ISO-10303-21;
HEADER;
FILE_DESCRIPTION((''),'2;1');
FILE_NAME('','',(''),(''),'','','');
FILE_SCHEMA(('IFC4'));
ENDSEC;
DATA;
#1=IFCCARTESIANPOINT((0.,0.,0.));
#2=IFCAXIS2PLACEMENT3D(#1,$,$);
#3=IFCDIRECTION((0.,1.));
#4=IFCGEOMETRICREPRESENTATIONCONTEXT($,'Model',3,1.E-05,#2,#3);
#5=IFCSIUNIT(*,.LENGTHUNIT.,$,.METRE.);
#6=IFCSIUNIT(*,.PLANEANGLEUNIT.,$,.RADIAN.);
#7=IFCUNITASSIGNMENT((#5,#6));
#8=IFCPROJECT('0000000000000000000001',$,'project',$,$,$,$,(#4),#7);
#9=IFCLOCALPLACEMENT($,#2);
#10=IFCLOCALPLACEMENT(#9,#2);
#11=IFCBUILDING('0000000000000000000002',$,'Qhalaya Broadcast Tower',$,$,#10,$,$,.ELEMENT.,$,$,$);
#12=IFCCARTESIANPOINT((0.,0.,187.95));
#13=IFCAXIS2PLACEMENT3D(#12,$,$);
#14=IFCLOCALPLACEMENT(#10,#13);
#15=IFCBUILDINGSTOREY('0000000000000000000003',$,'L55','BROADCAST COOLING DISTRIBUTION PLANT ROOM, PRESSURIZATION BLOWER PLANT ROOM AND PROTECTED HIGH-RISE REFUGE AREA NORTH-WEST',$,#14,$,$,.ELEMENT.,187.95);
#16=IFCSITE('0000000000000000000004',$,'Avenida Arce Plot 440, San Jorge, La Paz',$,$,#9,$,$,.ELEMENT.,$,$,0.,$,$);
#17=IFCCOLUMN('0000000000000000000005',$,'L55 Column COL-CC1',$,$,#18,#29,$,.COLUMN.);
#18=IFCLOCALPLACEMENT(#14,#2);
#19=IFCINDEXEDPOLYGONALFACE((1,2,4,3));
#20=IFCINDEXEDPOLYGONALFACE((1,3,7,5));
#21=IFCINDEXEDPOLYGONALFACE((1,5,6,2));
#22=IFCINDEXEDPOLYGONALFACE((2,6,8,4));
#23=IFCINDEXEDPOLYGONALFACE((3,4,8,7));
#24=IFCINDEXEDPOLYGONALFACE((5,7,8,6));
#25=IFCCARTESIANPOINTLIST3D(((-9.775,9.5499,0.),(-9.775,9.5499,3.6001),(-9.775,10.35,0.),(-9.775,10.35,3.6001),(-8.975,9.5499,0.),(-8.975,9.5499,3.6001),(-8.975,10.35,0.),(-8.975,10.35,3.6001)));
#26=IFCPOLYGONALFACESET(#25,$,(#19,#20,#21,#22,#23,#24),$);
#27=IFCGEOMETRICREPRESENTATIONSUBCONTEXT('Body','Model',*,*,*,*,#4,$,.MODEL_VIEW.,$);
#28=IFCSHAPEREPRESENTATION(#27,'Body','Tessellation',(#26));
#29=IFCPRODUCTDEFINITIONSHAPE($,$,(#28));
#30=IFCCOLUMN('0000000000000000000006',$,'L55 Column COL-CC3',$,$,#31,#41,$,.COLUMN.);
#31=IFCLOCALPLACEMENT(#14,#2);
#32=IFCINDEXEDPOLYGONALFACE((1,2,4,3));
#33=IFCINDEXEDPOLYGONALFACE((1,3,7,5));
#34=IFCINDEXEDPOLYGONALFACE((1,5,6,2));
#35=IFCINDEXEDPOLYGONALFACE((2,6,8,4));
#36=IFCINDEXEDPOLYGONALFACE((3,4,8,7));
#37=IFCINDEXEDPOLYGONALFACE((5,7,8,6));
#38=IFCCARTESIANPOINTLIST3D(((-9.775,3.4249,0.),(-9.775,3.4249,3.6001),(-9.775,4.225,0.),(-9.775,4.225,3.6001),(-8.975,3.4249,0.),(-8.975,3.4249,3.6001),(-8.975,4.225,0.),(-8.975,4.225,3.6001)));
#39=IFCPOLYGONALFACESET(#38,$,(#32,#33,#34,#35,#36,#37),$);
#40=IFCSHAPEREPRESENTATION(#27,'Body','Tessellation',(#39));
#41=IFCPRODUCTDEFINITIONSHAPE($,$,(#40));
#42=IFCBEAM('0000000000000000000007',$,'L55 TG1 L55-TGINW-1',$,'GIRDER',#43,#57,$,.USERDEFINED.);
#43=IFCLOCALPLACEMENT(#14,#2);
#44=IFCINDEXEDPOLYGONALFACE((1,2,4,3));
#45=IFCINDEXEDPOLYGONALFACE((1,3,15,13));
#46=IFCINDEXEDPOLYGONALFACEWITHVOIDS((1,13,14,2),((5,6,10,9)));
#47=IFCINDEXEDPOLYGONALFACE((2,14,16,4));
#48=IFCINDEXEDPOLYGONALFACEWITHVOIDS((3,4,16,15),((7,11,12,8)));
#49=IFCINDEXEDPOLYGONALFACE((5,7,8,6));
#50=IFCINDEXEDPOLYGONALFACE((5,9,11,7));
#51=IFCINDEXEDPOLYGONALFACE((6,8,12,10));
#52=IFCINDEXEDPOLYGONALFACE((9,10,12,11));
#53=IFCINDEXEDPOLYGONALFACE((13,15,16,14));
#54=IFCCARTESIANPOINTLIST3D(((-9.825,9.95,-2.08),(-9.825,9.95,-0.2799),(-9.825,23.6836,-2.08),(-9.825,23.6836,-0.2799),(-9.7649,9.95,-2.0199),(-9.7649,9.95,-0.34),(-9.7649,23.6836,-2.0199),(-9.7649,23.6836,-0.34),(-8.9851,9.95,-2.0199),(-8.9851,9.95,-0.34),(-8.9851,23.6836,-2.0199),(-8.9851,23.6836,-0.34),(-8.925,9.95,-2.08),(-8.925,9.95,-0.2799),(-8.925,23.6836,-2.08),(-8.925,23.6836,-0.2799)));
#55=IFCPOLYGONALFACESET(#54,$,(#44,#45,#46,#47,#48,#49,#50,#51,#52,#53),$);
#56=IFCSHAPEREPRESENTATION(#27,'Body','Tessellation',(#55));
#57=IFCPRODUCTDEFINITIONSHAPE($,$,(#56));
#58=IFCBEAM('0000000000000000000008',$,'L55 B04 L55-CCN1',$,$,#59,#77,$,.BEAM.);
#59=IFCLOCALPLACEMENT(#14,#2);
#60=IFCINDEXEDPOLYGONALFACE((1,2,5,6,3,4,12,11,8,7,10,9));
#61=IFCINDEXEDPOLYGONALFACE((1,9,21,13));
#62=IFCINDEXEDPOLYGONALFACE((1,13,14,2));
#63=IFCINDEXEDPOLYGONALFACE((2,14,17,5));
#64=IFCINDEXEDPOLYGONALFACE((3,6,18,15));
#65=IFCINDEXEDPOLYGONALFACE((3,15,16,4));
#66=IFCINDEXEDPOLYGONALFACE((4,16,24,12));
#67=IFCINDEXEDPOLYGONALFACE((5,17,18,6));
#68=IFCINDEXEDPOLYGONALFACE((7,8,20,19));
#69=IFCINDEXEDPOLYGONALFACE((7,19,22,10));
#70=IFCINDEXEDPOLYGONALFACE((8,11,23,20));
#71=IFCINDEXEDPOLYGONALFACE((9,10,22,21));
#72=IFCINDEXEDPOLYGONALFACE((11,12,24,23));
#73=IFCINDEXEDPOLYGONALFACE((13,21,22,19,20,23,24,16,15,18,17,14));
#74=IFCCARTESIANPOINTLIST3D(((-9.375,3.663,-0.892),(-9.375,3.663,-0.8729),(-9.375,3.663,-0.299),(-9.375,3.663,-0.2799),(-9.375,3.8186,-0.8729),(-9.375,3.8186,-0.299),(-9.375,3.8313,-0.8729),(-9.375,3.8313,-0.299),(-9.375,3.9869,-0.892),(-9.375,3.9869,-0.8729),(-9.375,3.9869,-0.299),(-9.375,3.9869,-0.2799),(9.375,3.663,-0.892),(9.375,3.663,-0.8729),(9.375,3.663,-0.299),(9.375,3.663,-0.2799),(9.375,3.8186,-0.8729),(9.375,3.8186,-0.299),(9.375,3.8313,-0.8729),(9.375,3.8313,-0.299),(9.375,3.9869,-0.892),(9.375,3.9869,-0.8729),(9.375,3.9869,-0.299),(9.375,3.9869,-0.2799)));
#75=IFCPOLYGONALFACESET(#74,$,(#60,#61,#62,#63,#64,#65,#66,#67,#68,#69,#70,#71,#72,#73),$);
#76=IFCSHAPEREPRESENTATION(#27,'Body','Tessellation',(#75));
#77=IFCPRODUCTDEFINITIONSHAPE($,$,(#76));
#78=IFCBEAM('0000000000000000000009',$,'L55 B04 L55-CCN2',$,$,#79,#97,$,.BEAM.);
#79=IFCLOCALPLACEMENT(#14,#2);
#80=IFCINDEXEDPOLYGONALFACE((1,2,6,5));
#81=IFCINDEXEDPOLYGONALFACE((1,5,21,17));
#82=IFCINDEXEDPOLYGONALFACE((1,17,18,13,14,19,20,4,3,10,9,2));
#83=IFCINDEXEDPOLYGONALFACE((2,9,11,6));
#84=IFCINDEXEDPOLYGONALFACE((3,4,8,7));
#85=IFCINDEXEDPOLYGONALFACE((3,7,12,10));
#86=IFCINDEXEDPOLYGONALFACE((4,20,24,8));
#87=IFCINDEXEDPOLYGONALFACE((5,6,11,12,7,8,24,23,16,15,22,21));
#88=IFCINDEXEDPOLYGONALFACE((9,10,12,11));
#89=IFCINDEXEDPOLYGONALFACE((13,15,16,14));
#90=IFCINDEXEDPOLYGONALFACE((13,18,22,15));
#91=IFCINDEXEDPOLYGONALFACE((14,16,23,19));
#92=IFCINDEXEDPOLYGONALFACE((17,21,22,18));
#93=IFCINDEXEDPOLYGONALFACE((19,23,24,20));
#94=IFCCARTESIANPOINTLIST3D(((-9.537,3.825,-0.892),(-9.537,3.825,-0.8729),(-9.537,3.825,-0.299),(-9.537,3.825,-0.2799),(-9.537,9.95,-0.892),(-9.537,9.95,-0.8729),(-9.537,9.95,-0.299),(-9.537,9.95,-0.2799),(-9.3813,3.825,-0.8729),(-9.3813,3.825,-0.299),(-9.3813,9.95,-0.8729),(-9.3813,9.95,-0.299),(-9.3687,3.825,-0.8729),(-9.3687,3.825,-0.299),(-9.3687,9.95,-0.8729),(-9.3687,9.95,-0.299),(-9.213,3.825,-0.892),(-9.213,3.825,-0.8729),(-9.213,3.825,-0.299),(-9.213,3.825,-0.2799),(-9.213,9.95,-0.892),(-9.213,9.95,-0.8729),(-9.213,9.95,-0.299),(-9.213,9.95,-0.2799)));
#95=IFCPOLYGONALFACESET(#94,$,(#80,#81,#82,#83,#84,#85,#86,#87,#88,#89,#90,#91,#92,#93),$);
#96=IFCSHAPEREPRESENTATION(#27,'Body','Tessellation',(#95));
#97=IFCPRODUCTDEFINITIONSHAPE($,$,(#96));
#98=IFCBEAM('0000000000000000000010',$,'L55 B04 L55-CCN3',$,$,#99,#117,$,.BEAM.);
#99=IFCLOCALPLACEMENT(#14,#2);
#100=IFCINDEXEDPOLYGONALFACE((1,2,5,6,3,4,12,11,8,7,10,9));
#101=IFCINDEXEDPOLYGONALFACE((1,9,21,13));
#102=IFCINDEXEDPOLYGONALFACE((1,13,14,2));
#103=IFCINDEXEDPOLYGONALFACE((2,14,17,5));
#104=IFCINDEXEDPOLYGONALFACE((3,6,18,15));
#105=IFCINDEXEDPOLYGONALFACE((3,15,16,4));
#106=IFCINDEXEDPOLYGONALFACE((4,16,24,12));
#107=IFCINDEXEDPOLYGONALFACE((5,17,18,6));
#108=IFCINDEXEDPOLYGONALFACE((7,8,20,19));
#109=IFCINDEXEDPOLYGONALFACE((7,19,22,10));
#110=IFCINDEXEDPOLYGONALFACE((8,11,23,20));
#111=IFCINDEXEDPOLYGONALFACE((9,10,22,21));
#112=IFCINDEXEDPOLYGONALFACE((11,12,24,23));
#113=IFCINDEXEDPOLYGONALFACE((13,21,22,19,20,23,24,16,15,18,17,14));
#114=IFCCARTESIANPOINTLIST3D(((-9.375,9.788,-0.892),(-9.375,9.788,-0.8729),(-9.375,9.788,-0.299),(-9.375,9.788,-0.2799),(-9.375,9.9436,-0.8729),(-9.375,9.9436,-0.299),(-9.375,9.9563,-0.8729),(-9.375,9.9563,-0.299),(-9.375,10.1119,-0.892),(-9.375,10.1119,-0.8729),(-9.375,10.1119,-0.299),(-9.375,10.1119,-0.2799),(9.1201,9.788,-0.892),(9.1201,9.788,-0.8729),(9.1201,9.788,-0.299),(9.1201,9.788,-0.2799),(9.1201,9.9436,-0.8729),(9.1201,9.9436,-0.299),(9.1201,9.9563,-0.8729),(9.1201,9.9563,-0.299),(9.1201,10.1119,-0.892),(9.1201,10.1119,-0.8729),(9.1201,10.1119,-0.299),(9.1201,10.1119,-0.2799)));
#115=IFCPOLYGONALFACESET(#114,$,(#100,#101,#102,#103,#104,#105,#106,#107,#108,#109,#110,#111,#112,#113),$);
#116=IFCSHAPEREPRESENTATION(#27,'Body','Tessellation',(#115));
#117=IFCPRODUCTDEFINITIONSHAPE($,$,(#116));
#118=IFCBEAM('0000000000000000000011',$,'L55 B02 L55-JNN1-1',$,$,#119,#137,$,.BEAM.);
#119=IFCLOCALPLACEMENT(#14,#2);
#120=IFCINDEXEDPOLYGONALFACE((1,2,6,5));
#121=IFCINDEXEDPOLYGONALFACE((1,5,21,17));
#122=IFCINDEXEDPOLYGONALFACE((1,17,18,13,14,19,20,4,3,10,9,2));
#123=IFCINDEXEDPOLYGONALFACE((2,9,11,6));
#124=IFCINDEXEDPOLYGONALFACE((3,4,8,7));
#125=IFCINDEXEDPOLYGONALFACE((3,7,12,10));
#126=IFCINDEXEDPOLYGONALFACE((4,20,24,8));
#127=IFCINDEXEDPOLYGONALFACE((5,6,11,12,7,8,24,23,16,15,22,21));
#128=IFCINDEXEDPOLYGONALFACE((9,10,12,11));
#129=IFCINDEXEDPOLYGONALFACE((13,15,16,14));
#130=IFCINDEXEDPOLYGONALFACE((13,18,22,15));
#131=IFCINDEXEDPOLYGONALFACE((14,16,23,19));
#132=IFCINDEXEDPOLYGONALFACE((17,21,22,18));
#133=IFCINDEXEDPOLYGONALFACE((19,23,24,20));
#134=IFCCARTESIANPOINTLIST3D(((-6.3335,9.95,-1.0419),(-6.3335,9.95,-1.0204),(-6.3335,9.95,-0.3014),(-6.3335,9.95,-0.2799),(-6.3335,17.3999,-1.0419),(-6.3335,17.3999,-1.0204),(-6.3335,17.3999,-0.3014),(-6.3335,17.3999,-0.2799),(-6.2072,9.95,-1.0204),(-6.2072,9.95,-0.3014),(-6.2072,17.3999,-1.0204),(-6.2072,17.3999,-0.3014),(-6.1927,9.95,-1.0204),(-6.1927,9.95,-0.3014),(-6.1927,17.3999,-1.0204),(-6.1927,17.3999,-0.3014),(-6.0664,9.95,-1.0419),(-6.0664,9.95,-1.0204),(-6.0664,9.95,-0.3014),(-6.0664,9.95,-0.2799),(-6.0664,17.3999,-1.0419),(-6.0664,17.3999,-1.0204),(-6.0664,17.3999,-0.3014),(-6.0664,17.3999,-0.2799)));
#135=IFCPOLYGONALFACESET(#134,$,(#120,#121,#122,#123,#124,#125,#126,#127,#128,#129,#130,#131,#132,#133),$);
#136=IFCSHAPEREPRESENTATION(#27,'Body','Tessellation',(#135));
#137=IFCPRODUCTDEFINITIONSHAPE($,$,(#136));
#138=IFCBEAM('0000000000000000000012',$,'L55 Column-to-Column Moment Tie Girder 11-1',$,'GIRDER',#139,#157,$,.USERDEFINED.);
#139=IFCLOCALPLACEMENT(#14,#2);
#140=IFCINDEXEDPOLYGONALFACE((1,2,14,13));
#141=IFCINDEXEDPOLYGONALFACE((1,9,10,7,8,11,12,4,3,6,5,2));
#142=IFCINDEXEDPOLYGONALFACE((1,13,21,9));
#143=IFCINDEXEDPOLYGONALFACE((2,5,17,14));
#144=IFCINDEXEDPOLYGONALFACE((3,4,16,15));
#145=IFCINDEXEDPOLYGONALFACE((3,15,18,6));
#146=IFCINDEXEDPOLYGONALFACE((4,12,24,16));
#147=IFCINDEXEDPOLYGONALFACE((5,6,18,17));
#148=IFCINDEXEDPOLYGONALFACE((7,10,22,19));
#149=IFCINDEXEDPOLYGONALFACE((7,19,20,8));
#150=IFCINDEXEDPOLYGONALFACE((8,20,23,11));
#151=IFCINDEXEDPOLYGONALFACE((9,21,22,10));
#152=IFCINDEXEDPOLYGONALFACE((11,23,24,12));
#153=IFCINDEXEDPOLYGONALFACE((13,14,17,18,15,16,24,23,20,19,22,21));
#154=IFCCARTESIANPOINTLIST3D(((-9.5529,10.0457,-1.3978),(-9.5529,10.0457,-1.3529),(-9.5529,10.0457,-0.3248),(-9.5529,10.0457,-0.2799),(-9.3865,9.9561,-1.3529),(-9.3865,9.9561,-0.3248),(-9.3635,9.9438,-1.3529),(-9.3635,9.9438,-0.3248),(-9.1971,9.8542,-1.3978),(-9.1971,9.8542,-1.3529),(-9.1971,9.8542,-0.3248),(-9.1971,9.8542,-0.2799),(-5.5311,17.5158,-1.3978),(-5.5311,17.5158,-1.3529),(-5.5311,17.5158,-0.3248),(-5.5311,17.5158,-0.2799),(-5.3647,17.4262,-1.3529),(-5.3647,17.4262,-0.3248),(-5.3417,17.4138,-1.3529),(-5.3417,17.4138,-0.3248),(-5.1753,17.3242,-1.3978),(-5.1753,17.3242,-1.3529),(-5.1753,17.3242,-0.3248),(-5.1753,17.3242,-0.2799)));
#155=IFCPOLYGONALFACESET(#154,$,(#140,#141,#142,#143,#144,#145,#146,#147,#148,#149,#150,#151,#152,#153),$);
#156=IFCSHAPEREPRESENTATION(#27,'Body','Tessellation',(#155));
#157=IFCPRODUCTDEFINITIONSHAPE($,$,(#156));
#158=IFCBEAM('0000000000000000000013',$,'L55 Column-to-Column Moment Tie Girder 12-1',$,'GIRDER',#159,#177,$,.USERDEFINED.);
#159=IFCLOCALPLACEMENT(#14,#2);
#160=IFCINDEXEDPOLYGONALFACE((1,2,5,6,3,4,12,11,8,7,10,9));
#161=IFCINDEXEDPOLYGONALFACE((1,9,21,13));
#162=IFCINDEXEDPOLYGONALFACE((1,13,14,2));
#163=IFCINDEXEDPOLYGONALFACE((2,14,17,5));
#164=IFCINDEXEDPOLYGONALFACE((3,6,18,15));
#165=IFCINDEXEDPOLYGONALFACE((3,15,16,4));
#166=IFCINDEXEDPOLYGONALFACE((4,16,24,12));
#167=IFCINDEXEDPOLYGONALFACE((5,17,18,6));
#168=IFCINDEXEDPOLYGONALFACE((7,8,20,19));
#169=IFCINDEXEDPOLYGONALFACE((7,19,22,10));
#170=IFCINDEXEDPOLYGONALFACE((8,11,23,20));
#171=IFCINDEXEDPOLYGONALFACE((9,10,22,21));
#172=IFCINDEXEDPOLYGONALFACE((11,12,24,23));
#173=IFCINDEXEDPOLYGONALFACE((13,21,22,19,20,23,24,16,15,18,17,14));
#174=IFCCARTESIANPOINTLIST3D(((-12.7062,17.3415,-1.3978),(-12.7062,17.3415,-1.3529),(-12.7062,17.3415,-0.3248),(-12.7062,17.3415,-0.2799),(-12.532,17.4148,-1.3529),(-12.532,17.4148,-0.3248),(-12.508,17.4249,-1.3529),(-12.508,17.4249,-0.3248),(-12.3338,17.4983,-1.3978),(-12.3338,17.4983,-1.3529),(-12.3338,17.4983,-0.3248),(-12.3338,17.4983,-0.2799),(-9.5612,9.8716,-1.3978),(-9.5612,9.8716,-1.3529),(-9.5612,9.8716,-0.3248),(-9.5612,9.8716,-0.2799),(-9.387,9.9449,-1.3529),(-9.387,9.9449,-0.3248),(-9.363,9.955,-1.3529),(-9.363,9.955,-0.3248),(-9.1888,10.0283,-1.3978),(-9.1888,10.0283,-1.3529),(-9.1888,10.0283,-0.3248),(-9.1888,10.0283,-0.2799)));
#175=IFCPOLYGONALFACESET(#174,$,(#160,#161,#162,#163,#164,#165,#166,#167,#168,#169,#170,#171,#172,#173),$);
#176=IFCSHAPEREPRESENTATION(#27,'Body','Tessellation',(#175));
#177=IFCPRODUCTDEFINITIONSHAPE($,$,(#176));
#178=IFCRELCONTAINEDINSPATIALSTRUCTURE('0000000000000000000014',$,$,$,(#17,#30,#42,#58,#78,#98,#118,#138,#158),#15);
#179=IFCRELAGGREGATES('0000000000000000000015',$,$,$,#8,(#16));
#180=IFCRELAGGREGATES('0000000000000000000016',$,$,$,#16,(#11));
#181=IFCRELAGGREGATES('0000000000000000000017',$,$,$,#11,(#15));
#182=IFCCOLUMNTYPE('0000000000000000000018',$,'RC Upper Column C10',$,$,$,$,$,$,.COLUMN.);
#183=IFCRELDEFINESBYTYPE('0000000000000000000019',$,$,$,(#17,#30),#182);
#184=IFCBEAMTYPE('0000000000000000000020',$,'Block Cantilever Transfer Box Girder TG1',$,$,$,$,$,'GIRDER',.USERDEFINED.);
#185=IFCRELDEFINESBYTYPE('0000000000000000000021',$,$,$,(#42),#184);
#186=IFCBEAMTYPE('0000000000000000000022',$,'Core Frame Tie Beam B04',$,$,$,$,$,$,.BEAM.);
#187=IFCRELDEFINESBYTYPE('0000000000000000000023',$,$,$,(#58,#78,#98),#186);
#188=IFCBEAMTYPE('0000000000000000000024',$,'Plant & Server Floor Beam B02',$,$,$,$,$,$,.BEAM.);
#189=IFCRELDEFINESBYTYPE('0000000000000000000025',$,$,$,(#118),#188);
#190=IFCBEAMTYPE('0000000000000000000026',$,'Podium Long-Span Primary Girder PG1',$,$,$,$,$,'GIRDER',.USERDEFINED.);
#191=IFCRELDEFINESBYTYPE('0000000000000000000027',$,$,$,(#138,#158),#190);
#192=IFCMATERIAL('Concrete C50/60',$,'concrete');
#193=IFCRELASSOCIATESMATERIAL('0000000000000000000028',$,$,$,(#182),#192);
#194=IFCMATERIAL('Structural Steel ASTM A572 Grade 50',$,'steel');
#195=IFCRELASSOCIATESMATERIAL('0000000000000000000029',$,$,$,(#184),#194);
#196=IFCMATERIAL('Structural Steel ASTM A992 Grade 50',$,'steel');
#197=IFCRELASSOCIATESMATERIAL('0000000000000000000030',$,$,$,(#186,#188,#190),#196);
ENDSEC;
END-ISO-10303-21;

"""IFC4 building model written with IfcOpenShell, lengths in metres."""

from ifc_helpers import new_model, si_unit, direction, frame, origin, origin_2d, place, context, subcontext, project, spatial, rectangle, hollow_rectangle, i_section, extrude, material, material_profile, profile_set, type_object, element, save


model = new_model("IFC4")

# Units and contexts
model_context = context("Model", 3, precision=1e-05, world=origin(), true_north=direction((0.0, 1.0)))
body_context = subcontext(model_context, "Body", "Model", "MODEL_VIEW")
ifc_project = project(units=[si_unit("LENGTHUNIT", "METRE"), si_unit("PLANEANGLEUNIT", "RADIAN")], contexts=[model_context])

# Site, building, storey
site_placement = place(None, origin())
site = spatial("IfcSite", under=ifc_project, at=site_placement, Name="Avenida Arce Plot 440, San Jorge, La Paz", CompositionType="ELEMENT", RefElevation=0.0)
building_placement = place(site_placement, origin())
building = spatial("IfcBuilding", under=site, at=building_placement, Name="Qhalaya Broadcast Tower", CompositionType="ELEMENT")
storey_placement = place(building_placement, frame((0.0, 0.0, 187.95)))
storey = spatial("IfcBuildingStorey", under=building, at=storey_placement, Name="L55", Description="BROADCAST COOLING DISTRIBUTION PLANT ROOM, PRESSURIZATION BLOWER PLANT ROOM AND PROTECTED HIGH-RISE REFUGE AREA NORTH-WEST", CompositionType="ELEMENT", Elevation=187.95)

# Columns
ifc_material_1 = material(Name="Concrete C50/60", Category="concrete")
ifc_material_profile_1 = material_profile(ifc_material_1, rectangle(XDim=0.8, YDim=0.8, at=origin_2d()), Name="RC-COL 800x800")
ifc_profile_set_1 = profile_set([ifc_material_profile_1], Name="Concrete C50/60")
column_type = type_object("IfcColumnType", Name="RC Upper Column C10", PredefinedType="COLUMN", material=ifc_profile_set_1)
for number, where, z_axis, x_axis, name in (
    (1, (-9.375, 9.95, 0.0), (0.0, 0.0, 1.0), (1.0, 0.0, 0.0), "L55 Column COL-CC1"),
    (2, (-9.375, 3.825, 0.0), (0.0, 0.0, 1.0), (1.0, 0.0, 0.0), "L55 Column COL-CC3"),
):
    element("IfcColumn", number, at=place(storey_placement, frame(where, z_axis=z_axis, x_axis=x_axis)), inside=storey, type_object=column_type, Name=name, PredefinedType="COLUMN", context=body_context, shape_type="SweptSolid", body=[
        extrude(rectangle(XDim=0.8, YDim=0.8, at=origin_2d()), origin(), (0.0, 0.0, 1.0), 3.6001),
    ])

# Beams
ifc_material_2 = material(Name="Structural Steel ASTM A572 Grade 50", Category="steel")
ifc_material_profile_2 = material_profile(ifc_material_2, hollow_rectangle(XDim=0.8999, YDim=1.8, WallThickness=0.0601, at=origin_2d()), Name="BOX 900x1800x60")
ifc_profile_set_2 = profile_set([ifc_material_profile_2], Name="Structural Steel ASTM A572 Grade 50")
beam_type_1 = type_object("IfcBeamType", Name="Block Cantilever Transfer Box Girder TG1", ElementType="GIRDER", PredefinedType="USERDEFINED", material=ifc_profile_set_2)
beam_1_placement = place(storey_placement, frame((-9.375, 9.95, -1.1799), z_axis=(0.0, 1.0, 0.0), x_axis=(-1.0, 0.0, 0.0)))
element("IfcBeam", 3, at=beam_1_placement, inside=storey, type_object=beam_type_1, Name="L55 TG1 L55-TGINW-1", ObjectType="GIRDER", PredefinedType="USERDEFINED", context=body_context, shape_type="SweptSolid", body=[
    extrude(hollow_rectangle(XDim=0.8999, YDim=1.8, WallThickness=0.0601, at=origin_2d()), origin(), (0.0, 0.0, 1.0), 13.7336),
])
ifc_material_3 = material(Name="Structural Steel ASTM A992 Grade 50", Category="steel")
ifc_material_profile_3 = material_profile(ifc_material_3, i_section(OverallWidth=0.324, OverallDepth=0.6121, WebThickness=0.0127, FlangeThickness=0.019, at=origin_2d()), Name="W24X104")
ifc_profile_set_3 = profile_set([ifc_material_profile_3], Name="Structural Steel ASTM A992 Grade 50")
beam_type_2 = type_object("IfcBeamType", Name="Core Frame Tie Beam B04", PredefinedType="BEAM", material=ifc_profile_set_3)
beam_2_placement = place(storey_placement, frame((-9.375, 3.825, -0.5859), z_axis=(1.0, 0.0, 0.0), x_axis=(0.0, 1.0, 0.0)))
element("IfcBeam", 4, at=beam_2_placement, inside=storey, type_object=beam_type_2, Name="L55 B04 L55-CCN1", PredefinedType="BEAM", context=body_context, shape_type="SweptSolid", body=[
    extrude(i_section(OverallWidth=0.324, OverallDepth=0.6121, WebThickness=0.0127, FlangeThickness=0.019, at=origin_2d()), origin(), (0.0, 0.0, 1.0), 18.75),
])
beam_3_placement = place(storey_placement, frame((-9.375, 3.825, -0.5859), z_axis=(0.0, 1.0, 0.0), x_axis=(-1.0, 0.0, 0.0)))
element("IfcBeam", 5, at=beam_3_placement, inside=storey, type_object=beam_type_2, Name="L55 B04 L55-CCN2", PredefinedType="BEAM", context=body_context, shape_type="SweptSolid", body=[
    extrude(i_section(OverallWidth=0.324, OverallDepth=0.6121, WebThickness=0.0127, FlangeThickness=0.019, at=origin_2d()), origin(), (0.0, 0.0, 1.0), 6.125),
])
beam_4_placement = place(storey_placement, frame((-9.375, 9.95, -0.5859), z_axis=(1.0, 0.0, 0.0), x_axis=(0.0, 1.0, 0.0)))
element("IfcBeam", 6, at=beam_4_placement, inside=storey, type_object=beam_type_2, Name="L55 B04 L55-CCN3", PredefinedType="BEAM", context=body_context, shape_type="SweptSolid", body=[
    extrude(i_section(OverallWidth=0.324, OverallDepth=0.6121, WebThickness=0.0127, FlangeThickness=0.019, at=origin_2d()), origin(), (0.0, 0.0, 1.0), 18.4951),
])
ifc_material_profile_4 = material_profile(ifc_material_3, i_section(OverallWidth=0.2671, OverallDepth=0.762, WebThickness=0.0144, FlangeThickness=0.0215, at=origin_2d()), Name="W30X116")
ifc_profile_set_4 = profile_set([ifc_material_profile_4], Name="Structural Steel ASTM A992 Grade 50")
beam_type_3 = type_object("IfcBeamType", Name="Plant & Server Floor Beam B02", PredefinedType="BEAM", material=ifc_profile_set_4)
beam_5_placement = place(storey_placement, frame((-6.2, 9.95, -0.6609), z_axis=(0.0, 1.0, 0.0), x_axis=(-1.0, 0.0, 0.0)))
element("IfcBeam", 7, at=beam_5_placement, inside=storey, type_object=beam_type_3, Name="L55 B02 L55-JNN1-1", PredefinedType="BEAM", context=body_context, shape_type="SweptSolid", body=[
    extrude(i_section(OverallWidth=0.2671, OverallDepth=0.762, WebThickness=0.0144, FlangeThickness=0.0215, at=origin_2d()), origin(), (0.0, 0.0, 1.0), 7.45),
])
ifc_material_profile_5 = material_profile(ifc_material_3, i_section(OverallWidth=0.4041, OverallDepth=1.1179, WebThickness=0.0261, FlangeThickness=0.0449, at=origin_2d()), Name="W44X335")
ifc_profile_set_5 = profile_set([ifc_material_profile_5], Name="Structural Steel ASTM A992 Grade 50")
beam_type_4 = type_object("IfcBeamType", Name="Podium Long-Span Primary Girder PG1", ElementType="GIRDER", PredefinedType="USERDEFINED", material=ifc_profile_set_5)
beam_6_placement = place(storey_placement, frame((-9.375, 9.95, -0.8389), z_axis=(0.474048, 0.880499, 0.0), x_axis=(-0.880499, 0.474048, 0.0)))
element("IfcBeam", 8, at=beam_6_placement, inside=storey, type_object=beam_type_4, Name="L55 Column-to-Column Moment Tie Girder 11-1", ObjectType="GIRDER", PredefinedType="USERDEFINED", context=body_context, shape_type="SweptSolid", body=[
    extrude(i_section(OverallWidth=0.4041, OverallDepth=1.1179, WebThickness=0.0261, FlangeThickness=0.0449, at=origin_2d()), origin(), (0.0, 0.0, 1.0), 8.4839),
])
beam_7_placement = place(storey_placement, frame((-9.375, 9.95, -0.8389), z_axis=(-0.388033, 0.921646, 0.0), x_axis=(-0.921646, -0.388033, 0.0)))
element("IfcBeam", 9, at=beam_7_placement, inside=storey, type_object=beam_type_4, Name="L55 Column-to-Column Moment Tie Girder 12-1", ObjectType="GIRDER", PredefinedType="USERDEFINED", context=body_context, shape_type="SweptSolid", body=[
    extrude(i_section(OverallWidth=0.4041, OverallDepth=1.1179, WebThickness=0.0261, FlangeThickness=0.0449, at=origin_2d()), origin(), (0.0, 0.0, 1.0), 8.105),
])

save(model, "model.ifc")
